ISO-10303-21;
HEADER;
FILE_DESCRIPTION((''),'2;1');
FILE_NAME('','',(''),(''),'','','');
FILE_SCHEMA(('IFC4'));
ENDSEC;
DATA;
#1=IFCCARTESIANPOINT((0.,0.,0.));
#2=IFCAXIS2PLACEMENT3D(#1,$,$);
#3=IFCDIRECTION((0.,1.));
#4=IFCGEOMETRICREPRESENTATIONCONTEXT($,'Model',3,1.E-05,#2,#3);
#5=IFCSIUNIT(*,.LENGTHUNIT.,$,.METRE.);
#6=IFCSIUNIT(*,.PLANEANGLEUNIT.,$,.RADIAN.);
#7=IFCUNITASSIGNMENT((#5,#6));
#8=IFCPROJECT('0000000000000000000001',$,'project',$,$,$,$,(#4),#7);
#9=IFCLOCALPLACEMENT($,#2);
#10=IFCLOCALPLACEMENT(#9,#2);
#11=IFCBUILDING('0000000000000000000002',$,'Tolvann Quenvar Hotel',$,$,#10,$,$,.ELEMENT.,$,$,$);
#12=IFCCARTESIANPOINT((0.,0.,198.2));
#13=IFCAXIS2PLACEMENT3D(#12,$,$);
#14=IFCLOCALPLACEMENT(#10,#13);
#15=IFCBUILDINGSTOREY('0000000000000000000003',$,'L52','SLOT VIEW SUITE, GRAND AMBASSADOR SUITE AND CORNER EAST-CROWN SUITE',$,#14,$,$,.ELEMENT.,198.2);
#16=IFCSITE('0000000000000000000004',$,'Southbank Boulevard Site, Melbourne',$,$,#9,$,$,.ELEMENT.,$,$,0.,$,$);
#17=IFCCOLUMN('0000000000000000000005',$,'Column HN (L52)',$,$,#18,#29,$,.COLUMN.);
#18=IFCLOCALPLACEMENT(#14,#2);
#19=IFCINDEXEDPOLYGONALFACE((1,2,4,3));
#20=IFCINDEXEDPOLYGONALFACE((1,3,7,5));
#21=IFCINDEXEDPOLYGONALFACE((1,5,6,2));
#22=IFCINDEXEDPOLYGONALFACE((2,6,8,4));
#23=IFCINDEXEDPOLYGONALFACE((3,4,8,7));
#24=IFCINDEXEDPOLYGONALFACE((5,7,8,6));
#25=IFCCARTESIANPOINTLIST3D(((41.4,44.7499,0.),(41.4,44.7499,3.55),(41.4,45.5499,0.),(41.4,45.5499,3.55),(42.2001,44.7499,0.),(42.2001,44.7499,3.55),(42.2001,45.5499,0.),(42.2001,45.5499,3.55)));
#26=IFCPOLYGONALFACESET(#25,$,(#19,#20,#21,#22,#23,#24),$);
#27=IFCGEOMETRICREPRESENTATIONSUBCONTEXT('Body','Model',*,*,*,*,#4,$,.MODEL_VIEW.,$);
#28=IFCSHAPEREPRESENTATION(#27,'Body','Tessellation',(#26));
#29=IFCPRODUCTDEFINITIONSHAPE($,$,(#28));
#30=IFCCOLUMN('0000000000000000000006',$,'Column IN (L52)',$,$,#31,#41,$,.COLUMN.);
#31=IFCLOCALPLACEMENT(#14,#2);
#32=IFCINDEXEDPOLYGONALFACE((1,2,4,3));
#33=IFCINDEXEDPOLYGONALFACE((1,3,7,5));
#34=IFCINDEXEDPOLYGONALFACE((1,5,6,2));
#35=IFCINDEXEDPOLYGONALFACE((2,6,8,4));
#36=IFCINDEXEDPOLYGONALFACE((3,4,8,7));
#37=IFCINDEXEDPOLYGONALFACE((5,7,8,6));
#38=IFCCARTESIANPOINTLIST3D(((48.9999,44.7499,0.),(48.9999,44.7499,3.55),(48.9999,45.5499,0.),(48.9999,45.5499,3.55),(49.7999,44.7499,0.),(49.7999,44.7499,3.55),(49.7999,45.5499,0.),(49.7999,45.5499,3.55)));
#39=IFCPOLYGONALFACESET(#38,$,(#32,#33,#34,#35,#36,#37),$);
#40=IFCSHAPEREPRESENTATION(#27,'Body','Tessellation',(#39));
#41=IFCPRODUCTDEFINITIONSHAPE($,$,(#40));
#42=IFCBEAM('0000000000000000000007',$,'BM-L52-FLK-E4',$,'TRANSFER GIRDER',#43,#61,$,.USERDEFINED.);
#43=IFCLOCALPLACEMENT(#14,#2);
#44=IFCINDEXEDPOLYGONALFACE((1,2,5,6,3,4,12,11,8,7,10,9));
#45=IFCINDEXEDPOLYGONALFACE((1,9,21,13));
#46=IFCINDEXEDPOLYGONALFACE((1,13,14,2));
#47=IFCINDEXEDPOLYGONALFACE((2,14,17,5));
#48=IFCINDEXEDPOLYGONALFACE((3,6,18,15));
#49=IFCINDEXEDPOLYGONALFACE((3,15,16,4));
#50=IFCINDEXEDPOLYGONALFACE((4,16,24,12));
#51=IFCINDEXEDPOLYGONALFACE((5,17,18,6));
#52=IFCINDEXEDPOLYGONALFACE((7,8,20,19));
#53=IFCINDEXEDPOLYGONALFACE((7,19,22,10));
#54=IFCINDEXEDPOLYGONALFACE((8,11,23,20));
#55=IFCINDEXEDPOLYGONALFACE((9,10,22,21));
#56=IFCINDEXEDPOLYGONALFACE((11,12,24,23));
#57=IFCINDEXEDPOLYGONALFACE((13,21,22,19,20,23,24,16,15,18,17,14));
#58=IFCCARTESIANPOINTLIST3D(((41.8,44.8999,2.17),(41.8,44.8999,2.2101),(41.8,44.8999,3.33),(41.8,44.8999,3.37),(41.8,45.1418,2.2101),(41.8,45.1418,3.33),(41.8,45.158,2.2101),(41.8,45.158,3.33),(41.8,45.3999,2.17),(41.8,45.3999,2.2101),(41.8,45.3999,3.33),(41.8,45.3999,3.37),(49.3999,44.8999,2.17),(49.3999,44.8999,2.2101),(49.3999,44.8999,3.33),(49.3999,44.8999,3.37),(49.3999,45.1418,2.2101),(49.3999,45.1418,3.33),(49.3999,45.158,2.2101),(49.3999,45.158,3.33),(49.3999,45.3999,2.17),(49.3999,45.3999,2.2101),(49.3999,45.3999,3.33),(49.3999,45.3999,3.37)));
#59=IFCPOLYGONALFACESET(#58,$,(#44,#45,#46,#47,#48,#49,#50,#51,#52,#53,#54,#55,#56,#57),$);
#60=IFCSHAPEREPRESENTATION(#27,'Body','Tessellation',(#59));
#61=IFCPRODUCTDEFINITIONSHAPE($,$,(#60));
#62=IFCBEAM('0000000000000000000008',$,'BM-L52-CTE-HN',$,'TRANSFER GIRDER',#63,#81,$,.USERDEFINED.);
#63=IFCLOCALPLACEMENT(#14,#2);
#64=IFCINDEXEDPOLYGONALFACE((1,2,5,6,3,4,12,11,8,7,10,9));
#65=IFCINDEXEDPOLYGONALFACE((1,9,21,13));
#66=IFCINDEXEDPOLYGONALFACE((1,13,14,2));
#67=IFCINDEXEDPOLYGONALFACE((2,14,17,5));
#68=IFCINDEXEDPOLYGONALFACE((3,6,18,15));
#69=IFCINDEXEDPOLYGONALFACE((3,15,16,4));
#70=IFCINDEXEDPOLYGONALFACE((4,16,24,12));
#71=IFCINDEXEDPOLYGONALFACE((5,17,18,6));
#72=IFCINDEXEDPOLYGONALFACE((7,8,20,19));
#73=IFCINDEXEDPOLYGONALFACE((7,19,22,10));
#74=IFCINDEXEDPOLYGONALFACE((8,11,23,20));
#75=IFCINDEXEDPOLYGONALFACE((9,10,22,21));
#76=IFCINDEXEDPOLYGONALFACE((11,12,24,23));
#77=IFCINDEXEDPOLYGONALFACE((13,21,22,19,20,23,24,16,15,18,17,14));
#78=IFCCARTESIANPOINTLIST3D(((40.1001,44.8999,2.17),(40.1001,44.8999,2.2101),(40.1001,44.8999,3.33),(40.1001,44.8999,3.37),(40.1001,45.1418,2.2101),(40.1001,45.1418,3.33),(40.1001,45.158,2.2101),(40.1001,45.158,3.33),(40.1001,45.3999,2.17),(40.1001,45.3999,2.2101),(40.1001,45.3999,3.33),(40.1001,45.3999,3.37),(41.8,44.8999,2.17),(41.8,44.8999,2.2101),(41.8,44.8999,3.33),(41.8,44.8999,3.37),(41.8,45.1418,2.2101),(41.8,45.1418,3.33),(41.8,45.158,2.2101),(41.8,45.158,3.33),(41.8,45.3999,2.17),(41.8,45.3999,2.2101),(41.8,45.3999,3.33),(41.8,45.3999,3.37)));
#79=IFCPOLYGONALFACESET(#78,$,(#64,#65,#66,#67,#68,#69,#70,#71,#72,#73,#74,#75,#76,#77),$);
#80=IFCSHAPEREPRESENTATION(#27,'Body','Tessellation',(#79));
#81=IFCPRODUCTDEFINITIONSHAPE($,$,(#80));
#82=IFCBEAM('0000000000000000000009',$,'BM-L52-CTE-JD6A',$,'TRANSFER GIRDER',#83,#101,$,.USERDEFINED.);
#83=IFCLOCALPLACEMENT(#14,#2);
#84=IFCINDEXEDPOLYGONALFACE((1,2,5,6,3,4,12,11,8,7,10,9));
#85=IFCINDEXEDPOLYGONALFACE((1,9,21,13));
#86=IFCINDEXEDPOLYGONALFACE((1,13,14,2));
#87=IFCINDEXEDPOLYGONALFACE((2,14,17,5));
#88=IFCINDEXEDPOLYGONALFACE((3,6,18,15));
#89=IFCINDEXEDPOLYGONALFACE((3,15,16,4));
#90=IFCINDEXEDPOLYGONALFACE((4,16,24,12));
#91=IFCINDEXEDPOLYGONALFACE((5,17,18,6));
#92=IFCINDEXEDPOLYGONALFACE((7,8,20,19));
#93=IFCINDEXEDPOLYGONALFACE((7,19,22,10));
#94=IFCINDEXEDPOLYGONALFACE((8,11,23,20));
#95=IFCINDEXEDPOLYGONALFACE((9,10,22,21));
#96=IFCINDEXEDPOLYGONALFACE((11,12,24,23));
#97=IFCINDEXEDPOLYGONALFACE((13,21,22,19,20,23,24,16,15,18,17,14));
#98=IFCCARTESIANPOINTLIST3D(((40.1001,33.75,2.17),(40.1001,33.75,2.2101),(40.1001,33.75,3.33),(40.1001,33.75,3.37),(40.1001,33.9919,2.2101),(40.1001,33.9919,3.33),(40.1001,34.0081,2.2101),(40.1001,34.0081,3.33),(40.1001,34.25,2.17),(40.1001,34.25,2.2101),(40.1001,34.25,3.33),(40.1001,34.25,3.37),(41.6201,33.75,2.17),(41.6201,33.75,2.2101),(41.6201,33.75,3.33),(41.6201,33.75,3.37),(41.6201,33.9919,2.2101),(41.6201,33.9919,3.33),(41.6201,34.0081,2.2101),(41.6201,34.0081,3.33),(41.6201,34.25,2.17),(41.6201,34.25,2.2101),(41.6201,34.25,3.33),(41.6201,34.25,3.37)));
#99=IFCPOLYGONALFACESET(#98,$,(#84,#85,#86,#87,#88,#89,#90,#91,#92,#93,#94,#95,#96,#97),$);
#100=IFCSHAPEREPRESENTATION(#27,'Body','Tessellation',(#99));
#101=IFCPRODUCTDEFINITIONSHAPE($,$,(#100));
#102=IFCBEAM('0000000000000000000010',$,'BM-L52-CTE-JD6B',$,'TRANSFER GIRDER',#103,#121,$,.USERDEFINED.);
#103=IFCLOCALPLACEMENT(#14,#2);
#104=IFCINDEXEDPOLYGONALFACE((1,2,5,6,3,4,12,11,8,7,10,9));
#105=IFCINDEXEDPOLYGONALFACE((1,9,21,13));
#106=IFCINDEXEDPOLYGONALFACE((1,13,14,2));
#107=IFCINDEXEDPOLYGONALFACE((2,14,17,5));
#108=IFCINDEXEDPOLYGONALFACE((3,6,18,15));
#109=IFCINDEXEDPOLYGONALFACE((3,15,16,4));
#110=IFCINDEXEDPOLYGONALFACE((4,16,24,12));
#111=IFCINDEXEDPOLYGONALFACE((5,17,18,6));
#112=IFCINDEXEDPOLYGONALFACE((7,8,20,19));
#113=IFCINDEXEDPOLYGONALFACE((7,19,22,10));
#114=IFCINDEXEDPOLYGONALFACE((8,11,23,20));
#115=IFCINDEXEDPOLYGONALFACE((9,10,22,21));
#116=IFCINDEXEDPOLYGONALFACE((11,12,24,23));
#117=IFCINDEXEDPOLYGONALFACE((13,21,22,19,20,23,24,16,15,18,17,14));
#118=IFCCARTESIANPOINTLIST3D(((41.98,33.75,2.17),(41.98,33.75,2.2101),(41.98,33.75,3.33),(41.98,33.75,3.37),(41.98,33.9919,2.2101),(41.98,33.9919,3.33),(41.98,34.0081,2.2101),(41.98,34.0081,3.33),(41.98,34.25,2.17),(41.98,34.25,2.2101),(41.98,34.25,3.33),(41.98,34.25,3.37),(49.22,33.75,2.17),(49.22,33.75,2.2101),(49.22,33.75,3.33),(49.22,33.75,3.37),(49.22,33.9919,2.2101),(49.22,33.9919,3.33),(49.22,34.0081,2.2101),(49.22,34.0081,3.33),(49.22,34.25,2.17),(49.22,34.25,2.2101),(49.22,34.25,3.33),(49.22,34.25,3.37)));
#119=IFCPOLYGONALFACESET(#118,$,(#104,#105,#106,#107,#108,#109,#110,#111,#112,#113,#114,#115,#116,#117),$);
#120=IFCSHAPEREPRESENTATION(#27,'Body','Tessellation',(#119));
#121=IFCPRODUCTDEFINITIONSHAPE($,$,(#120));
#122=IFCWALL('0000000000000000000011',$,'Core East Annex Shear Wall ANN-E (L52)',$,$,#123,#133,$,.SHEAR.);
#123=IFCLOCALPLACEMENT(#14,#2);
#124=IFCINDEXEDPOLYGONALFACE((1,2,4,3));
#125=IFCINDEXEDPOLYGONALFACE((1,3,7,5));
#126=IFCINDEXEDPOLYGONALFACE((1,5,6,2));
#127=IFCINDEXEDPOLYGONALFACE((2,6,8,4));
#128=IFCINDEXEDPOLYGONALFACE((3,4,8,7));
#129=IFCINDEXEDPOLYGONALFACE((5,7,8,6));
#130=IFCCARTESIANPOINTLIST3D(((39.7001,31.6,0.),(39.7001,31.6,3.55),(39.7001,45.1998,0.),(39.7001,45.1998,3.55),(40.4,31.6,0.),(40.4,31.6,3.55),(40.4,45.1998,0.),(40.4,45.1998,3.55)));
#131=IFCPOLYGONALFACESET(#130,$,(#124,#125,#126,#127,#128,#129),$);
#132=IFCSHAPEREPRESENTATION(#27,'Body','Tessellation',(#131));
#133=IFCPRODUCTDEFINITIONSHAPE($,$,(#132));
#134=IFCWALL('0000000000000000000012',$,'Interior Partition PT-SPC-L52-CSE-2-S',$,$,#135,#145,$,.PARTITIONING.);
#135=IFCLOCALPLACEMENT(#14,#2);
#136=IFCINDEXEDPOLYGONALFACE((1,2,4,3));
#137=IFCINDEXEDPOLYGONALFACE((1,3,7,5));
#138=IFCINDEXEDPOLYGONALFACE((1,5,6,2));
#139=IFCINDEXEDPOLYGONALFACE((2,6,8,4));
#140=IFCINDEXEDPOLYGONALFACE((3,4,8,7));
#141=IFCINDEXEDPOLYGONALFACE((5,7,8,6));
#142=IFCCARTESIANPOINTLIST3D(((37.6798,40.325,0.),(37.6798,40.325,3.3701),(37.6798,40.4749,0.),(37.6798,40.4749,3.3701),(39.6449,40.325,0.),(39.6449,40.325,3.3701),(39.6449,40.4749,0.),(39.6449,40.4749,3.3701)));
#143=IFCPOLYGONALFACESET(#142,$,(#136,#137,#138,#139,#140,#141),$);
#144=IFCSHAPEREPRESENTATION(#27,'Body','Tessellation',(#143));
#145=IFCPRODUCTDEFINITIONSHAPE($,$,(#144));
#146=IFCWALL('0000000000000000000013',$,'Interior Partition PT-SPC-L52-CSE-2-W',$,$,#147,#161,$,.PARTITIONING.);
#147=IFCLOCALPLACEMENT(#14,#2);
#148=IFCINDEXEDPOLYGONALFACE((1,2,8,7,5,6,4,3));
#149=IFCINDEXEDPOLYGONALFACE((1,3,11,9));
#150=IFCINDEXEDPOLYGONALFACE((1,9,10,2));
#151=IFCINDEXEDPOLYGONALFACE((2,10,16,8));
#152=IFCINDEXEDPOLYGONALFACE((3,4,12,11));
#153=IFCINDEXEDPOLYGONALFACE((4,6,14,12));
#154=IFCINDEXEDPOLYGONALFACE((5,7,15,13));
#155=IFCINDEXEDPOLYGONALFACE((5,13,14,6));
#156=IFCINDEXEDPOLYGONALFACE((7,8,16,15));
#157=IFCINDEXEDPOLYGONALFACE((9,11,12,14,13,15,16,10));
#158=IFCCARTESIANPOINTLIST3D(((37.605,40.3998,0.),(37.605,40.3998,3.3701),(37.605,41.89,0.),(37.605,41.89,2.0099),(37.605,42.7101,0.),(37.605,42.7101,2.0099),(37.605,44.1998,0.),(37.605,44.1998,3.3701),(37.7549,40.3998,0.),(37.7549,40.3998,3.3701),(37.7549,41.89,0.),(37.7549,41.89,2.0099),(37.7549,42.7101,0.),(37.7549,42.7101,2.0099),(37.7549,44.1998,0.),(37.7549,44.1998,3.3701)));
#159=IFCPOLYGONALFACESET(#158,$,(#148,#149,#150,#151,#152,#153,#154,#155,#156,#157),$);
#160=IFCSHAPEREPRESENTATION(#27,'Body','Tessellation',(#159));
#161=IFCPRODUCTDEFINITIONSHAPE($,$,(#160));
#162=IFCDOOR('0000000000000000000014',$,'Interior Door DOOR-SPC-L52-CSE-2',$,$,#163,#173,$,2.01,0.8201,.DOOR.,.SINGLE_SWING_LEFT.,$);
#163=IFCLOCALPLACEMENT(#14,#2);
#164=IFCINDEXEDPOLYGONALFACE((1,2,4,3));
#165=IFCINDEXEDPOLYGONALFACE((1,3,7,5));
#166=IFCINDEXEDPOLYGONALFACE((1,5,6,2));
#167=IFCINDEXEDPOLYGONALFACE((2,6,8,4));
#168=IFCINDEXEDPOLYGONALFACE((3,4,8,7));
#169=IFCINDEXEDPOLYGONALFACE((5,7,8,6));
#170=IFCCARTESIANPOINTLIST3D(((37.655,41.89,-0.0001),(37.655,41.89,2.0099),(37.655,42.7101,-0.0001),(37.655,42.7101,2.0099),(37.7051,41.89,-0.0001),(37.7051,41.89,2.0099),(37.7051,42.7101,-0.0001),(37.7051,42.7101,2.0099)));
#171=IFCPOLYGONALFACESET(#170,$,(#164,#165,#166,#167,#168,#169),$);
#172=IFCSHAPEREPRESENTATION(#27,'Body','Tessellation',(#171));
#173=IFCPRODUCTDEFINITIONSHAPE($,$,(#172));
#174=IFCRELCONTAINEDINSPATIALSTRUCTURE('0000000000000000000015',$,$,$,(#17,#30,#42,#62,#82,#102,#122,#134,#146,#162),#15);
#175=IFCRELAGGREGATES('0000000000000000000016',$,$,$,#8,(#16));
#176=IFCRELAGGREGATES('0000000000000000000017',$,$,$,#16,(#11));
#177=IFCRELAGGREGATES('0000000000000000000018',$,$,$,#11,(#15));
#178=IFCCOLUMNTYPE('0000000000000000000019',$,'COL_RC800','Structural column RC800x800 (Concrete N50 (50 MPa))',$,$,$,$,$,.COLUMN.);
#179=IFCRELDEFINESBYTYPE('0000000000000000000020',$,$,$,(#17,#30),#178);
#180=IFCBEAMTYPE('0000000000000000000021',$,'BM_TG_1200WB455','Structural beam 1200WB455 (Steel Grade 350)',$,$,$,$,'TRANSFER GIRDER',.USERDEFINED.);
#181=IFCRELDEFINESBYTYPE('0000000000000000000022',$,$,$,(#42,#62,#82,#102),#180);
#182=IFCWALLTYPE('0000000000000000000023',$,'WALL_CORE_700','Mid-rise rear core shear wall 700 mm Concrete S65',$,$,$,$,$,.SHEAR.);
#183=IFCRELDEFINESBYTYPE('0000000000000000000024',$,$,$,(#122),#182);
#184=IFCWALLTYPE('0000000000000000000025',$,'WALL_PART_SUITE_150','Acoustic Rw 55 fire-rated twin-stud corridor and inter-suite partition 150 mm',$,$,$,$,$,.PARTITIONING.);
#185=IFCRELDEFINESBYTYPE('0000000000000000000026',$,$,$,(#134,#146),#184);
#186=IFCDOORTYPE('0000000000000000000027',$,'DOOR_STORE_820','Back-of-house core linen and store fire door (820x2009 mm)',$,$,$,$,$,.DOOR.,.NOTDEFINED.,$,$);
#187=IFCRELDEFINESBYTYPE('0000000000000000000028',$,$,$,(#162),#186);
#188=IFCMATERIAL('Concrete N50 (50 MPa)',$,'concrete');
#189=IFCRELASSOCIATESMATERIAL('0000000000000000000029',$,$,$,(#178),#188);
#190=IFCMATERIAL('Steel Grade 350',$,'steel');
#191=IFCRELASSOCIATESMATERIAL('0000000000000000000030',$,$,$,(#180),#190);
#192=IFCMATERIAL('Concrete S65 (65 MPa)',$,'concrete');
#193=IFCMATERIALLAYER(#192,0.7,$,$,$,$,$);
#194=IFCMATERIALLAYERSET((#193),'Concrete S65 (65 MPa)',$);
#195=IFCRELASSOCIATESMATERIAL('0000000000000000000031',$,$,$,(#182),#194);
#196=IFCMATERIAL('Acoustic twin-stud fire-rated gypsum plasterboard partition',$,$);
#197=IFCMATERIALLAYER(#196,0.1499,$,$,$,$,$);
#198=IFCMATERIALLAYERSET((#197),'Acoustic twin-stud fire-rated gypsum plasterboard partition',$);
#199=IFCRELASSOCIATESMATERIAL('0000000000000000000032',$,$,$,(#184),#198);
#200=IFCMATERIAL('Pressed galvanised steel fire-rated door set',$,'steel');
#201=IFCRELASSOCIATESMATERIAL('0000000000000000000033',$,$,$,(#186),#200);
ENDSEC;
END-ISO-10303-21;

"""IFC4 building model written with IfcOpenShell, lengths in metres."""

from ifc_helpers import new_model, si_unit, direction, frame, frame_2d, origin, origin_2d, place, context, subcontext, project, spatial, rectangle, i_section, extrude, source, transform, mapped, material, layer, layer_set, material_profile, profile_set, type_object, type_shapes, element, fill, save


model = new_model("IFC4")

# Units and contexts
model_context = context("Model", 3, precision=1e-05, world=origin(), true_north=direction((0.0, 1.0)))
body_context = subcontext(model_context, "Body", "Model", "MODEL_VIEW")
ifc_project = project(units=[si_unit("LENGTHUNIT", "METRE"), si_unit("PLANEANGLEUNIT", "RADIAN")], contexts=[model_context])

# Site, building, storey
site_placement = place(None, origin())
site = spatial("IfcSite", under=ifc_project, at=site_placement, Name="Southbank Boulevard Site, Melbourne", CompositionType="ELEMENT", RefElevation=0.0)
building_placement = place(site_placement, origin())
building = spatial("IfcBuilding", under=site, at=building_placement, Name="Tolvann Quenvar Hotel", CompositionType="ELEMENT")
storey_placement = place(building_placement, frame((0.0, 0.0, 198.2)))
storey = spatial("IfcBuildingStorey", under=building, at=storey_placement, Name="L52", Description="SLOT VIEW SUITE, GRAND AMBASSADOR SUITE AND CORNER EAST-CROWN SUITE", CompositionType="ELEMENT", Elevation=198.2)

# Columns
ifc_material_1 = material(Name="Concrete N50 (50 MPa)", Category="concrete")
ifc_material_profile_1 = material_profile(ifc_material_1, rectangle(XDim=0.8, YDim=0.8, at=origin_2d()), Name="RC800x800")
ifc_profile_set_1 = profile_set([ifc_material_profile_1], Name="Concrete N50 (50 MPa)")
column_type = type_object("IfcColumnType", Name="COL_RC800", Description="Structural column RC800x800 (Concrete N50 (50 MPa))", PredefinedType="COLUMN", material=ifc_profile_set_1)
shared_shape_1 = source(origin(), body_context, "Body", "SweptSolid", [
    extrude(rectangle(XDim=0.8, YDim=0.8, at=origin_2d()), origin(), (0.0, 0.0, 1.0), 3.55),
])
type_shapes(column_type, [shared_shape_1])
for number, where, z_axis, x_axis, name in (
    (1, (41.8, 45.1499, 0.0), (0.0, 0.0, 1.0), (1.0, 0.0, 0.0), "Column HN (L52)"),
    (2, (49.3999, 45.1499, 0.0), (0.0, 0.0, 1.0), (1.0, 0.0, 0.0), "Column IN (L52)"),
):
    element("IfcColumn", number, at=place(storey_placement, frame(where, z_axis=z_axis, x_axis=x_axis)), inside=storey, type_object=column_type, Name=name, PredefinedType="COLUMN", context=body_context, shape_type="MappedRepresentation", body=[
        mapped(shared_shape_1, transform((0.0, 0.0, 0.0), x_axis=(1.0, 0.0, 0.0), y_axis=(0.0, 1.0, 0.0), z_axis=(0.0, 0.0, 1.0), scale=1.0)),
    ])

# Beams
ifc_material_2 = material(Name="Steel Grade 350", Category="steel")
ifc_material_profile_2 = material_profile(ifc_material_2, i_section(OverallWidth=0.5, OverallDepth=1.2, WebThickness=0.0161, FlangeThickness=0.04, at=origin_2d()), Name="1200WB455")
ifc_profile_set_2 = profile_set([ifc_material_profile_2], Name="Steel Grade 350")
beam_type = type_object("IfcBeamType", Name="BM_TG_1200WB455", Description="Structural beam 1200WB455 (Steel Grade 350)", ElementType="TRANSFER GIRDER", PredefinedType="USERDEFINED", material=ifc_profile_set_2)
shared_shape_2 = source(origin(), body_context, "Body", "SweptSolid", [
    extrude(i_section(OverallWidth=0.5, OverallDepth=1.2, WebThickness=0.0161, FlangeThickness=0.04, at=origin_2d()), origin(), (0.0, 0.0, 1.0), 7.5999),
])
beam_1_placement = place(storey_placement, frame((49.3999, 45.1499, 2.77), z_axis=(-1.0, 0.0, 0.0), x_axis=(0.0, -1.0, 0.0)))
element("IfcBeam", 3, at=beam_1_placement, inside=storey, type_object=beam_type, Name="BM-L52-FLK-E4", ObjectType="TRANSFER GIRDER", PredefinedType="USERDEFINED", context=body_context, shape_type="MappedRepresentation", body=[
    mapped(shared_shape_2, transform((0.0, 0.0, 0.0), x_axis=(1.0, 0.0, 0.0), y_axis=(0.0, 1.0, 0.0), z_axis=(0.0, 0.0, 1.0), scale=1.0)),
])
shared_shape_3 = source(origin(), body_context, "Body", "SweptSolid", [
    extrude(i_section(OverallWidth=0.5, OverallDepth=1.2, WebThickness=0.0161, FlangeThickness=0.04, at=origin_2d()), origin(), (0.0, 0.0, 1.0), 1.7),
])
beam_2_placement = place(storey_placement, frame((40.1001, 45.1499, 2.77), z_axis=(1.0, 0.0, 0.0), x_axis=(0.0, 1.0, 0.0)))
element("IfcBeam", 4, at=beam_2_placement, inside=storey, type_object=beam_type, Name="BM-L52-CTE-HN", ObjectType="TRANSFER GIRDER", PredefinedType="USERDEFINED", context=body_context, shape_type="MappedRepresentation", body=[
    mapped(shared_shape_3, transform((0.0, 0.0, 0.0), x_axis=(1.0, 0.0, 0.0), y_axis=(0.0, 1.0, 0.0), z_axis=(0.0, 0.0, 1.0), scale=1.0)),
])
shared_shape_4 = source(origin(), body_context, "Body", "SweptSolid", [
    extrude(i_section(OverallWidth=0.5, OverallDepth=1.2, WebThickness=0.0161, FlangeThickness=0.04, at=origin_2d()), origin(), (0.0, 0.0, 1.0), 1.52),
])
beam_3_placement = place(storey_placement, frame((40.1001, 34.0, 2.77), z_axis=(1.0, 0.0, 0.0), x_axis=(0.0, 1.0, 0.0)))
element("IfcBeam", 5, at=beam_3_placement, inside=storey, type_object=beam_type, Name="BM-L52-CTE-JD6A", ObjectType="TRANSFER GIRDER", PredefinedType="USERDEFINED", context=body_context, shape_type="MappedRepresentation", body=[
    mapped(shared_shape_4, transform((0.0, 0.0, 0.0), x_axis=(1.0, 0.0, 0.0), y_axis=(0.0, 1.0, 0.0), z_axis=(0.0, 0.0, 1.0), scale=1.0)),
])
shared_shape_5 = source(origin(), body_context, "Body", "SweptSolid", [
    extrude(i_section(OverallWidth=0.5, OverallDepth=1.2, WebThickness=0.0161, FlangeThickness=0.04, at=origin_2d()), origin(), (0.0, 0.0, 1.0), 7.24),
])
type_shapes(beam_type, [shared_shape_2, shared_shape_3, shared_shape_4, shared_shape_5])
beam_4_placement = place(storey_placement, frame((41.98, 34.0, 2.77), z_axis=(1.0, 0.0, 0.0), x_axis=(0.0, 1.0, 0.0)))
element("IfcBeam", 6, at=beam_4_placement, inside=storey, type_object=beam_type, Name="BM-L52-CTE-JD6B", ObjectType="TRANSFER GIRDER", PredefinedType="USERDEFINED", context=body_context, shape_type="MappedRepresentation", body=[
    mapped(shared_shape_5, transform((0.0, 0.0, 0.0), x_axis=(1.0, 0.0, 0.0), y_axis=(0.0, 1.0, 0.0), z_axis=(0.0, 0.0, 1.0), scale=1.0)),
])

# Walls
ifc_material_3 = material(Name="Concrete S65 (65 MPa)", Category="concrete")
ifc_layer_1 = layer(ifc_material_3, 0.7)
ifc_layer_set_1 = layer_set([ifc_layer_1], Name="Concrete S65 (65 MPa)")
wall_type_1 = type_object("IfcWallType", Name="WALL_CORE_700", Description="Mid-rise rear core shear wall 700 mm Concrete S65", PredefinedType="SHEAR", material=ifc_layer_set_1)
wall_1_placement = place(storey_placement, frame((40.05, 31.6001, 0.0), z_axis=(0.0, 0.0, 1.0), x_axis=(0.0, 1.0, 0.0)))
element("IfcWall", 7, at=wall_1_placement, inside=storey, type_object=wall_type_1, Name="Core East Annex Shear Wall ANN-E (L52)", PredefinedType="SHEAR", context=body_context, shape_type="SweptSolid", body=[
    extrude(rectangle(XDim=13.5999, YDim=0.7, at=frame_2d((6.7998, 0.0))), origin(), (0.0, 0.0, 1.0), 3.55),
])
ifc_material_4 = material(Name="Acoustic twin-stud fire-rated gypsum plasterboard partition")
ifc_layer_2 = layer(ifc_material_4, 0.1499)
ifc_layer_set_2 = layer_set([ifc_layer_2], Name="Acoustic twin-stud fire-rated gypsum plasterboard partition")
wall_type_2 = type_object("IfcWallType", Name="WALL_PART_SUITE_150", Description="Acoustic Rw 55 fire-rated twin-stud corridor and inter-suite partition 150 mm", PredefinedType="PARTITIONING", material=ifc_layer_set_2)
wall_2_placement = place(storey_placement, frame((37.6799, 40.3999, 0.0), z_axis=(0.0, 0.0, 1.0), x_axis=(1.0, 0.0, 0.0)))
element("IfcWall", 8, at=wall_2_placement, inside=storey, type_object=wall_type_2, Name="Interior Partition PT-SPC-L52-CSE-2-S", PredefinedType="PARTITIONING", context=body_context, shape_type="SweptSolid", body=[
    extrude(rectangle(XDim=1.9651, YDim=0.1499, at=frame_2d((0.9824, 0.0))), origin(), (0.0, 0.0, 1.0), 3.3701),
])

# Wall, opening, door
wall_3_placement = place(storey_placement, frame((37.6799, 40.3999, 0.0), z_axis=(0.0, 0.0, 1.0), x_axis=(0.0, 1.0, 0.0)))
wall_3 = element("IfcWall", 9, at=wall_3_placement, inside=storey, type_object=wall_type_2, Name="Interior Partition PT-SPC-L52-CSE-2-W", PredefinedType="PARTITIONING", context=body_context, shape_type="SweptSolid", body=[
    extrude(rectangle(XDim=3.8, YDim=0.1499, at=frame_2d((1.8999, 0.0))), origin(), (0.0, 0.0, 1.0), 3.3701),
])
opening_1_placement = place(wall_3_placement, frame((1.49, 0.0, 0.0)))
opening_1 = element("IfcOpeningElement", 10, at=opening_1_placement, cuts=wall_3, PredefinedType="OPENING", context=body_context, shape_type="SweptSolid", body=[
    extrude(rectangle(XDim=0.8201, YDim=2.01, at=frame_2d((0.4102, 1.0049))), frame((0.0, 0.085, 0.0), z_axis=(0.0, -1.0, 0.0), x_axis=(1.0, 0.0, 0.0)), (0.0, 0.0, 1.0), 0.1699),
])
ifc_material_5 = material(Name="Pressed galvanised steel fire-rated door set", Category="steel")
door_type_1 = type_object("IfcDoorType", Name="DOOR_STORE_820", Description="Back-of-house core linen and store fire door (820x2009 mm)", OperationType="NOTDEFINED", PredefinedType="DOOR", material=ifc_material_5)
shared_shape_6 = source(origin(), body_context, "Body", "SweptSolid", [
    extrude(rectangle(XDim=0.8201, YDim=2.01, at=frame_2d((0.4102, 1.0049))), frame((0.0, 0.0249, 0.0), z_axis=(0.0, -1.0, 0.0), x_axis=(1.0, 0.0, 0.0)), (0.0, 0.0, 1.0), 0.05),
])
type_shapes(door_type_1, [shared_shape_6])
door_1_placement = place(opening_1_placement, origin())
door_1 = element("IfcDoor", 11, at=door_1_placement, inside=storey, type_object=door_type_1, Name="Interior Door DOOR-SPC-L52-CSE-2", OperationType="SINGLE_SWING_LEFT", OverallHeight=2.01, OverallWidth=0.8201, PredefinedType="DOOR", context=body_context, shape_type="MappedRepresentation", body=[
    mapped(shared_shape_6, transform((0.0, 0.0, 0.0), x_axis=(1.0, 0.0, 0.0), y_axis=(0.0, 1.0, 0.0), z_axis=(0.0, 0.0, 1.0), scale=1.0)),
])
fill(opening_1, door_1)

save(model, "model.ifc")
